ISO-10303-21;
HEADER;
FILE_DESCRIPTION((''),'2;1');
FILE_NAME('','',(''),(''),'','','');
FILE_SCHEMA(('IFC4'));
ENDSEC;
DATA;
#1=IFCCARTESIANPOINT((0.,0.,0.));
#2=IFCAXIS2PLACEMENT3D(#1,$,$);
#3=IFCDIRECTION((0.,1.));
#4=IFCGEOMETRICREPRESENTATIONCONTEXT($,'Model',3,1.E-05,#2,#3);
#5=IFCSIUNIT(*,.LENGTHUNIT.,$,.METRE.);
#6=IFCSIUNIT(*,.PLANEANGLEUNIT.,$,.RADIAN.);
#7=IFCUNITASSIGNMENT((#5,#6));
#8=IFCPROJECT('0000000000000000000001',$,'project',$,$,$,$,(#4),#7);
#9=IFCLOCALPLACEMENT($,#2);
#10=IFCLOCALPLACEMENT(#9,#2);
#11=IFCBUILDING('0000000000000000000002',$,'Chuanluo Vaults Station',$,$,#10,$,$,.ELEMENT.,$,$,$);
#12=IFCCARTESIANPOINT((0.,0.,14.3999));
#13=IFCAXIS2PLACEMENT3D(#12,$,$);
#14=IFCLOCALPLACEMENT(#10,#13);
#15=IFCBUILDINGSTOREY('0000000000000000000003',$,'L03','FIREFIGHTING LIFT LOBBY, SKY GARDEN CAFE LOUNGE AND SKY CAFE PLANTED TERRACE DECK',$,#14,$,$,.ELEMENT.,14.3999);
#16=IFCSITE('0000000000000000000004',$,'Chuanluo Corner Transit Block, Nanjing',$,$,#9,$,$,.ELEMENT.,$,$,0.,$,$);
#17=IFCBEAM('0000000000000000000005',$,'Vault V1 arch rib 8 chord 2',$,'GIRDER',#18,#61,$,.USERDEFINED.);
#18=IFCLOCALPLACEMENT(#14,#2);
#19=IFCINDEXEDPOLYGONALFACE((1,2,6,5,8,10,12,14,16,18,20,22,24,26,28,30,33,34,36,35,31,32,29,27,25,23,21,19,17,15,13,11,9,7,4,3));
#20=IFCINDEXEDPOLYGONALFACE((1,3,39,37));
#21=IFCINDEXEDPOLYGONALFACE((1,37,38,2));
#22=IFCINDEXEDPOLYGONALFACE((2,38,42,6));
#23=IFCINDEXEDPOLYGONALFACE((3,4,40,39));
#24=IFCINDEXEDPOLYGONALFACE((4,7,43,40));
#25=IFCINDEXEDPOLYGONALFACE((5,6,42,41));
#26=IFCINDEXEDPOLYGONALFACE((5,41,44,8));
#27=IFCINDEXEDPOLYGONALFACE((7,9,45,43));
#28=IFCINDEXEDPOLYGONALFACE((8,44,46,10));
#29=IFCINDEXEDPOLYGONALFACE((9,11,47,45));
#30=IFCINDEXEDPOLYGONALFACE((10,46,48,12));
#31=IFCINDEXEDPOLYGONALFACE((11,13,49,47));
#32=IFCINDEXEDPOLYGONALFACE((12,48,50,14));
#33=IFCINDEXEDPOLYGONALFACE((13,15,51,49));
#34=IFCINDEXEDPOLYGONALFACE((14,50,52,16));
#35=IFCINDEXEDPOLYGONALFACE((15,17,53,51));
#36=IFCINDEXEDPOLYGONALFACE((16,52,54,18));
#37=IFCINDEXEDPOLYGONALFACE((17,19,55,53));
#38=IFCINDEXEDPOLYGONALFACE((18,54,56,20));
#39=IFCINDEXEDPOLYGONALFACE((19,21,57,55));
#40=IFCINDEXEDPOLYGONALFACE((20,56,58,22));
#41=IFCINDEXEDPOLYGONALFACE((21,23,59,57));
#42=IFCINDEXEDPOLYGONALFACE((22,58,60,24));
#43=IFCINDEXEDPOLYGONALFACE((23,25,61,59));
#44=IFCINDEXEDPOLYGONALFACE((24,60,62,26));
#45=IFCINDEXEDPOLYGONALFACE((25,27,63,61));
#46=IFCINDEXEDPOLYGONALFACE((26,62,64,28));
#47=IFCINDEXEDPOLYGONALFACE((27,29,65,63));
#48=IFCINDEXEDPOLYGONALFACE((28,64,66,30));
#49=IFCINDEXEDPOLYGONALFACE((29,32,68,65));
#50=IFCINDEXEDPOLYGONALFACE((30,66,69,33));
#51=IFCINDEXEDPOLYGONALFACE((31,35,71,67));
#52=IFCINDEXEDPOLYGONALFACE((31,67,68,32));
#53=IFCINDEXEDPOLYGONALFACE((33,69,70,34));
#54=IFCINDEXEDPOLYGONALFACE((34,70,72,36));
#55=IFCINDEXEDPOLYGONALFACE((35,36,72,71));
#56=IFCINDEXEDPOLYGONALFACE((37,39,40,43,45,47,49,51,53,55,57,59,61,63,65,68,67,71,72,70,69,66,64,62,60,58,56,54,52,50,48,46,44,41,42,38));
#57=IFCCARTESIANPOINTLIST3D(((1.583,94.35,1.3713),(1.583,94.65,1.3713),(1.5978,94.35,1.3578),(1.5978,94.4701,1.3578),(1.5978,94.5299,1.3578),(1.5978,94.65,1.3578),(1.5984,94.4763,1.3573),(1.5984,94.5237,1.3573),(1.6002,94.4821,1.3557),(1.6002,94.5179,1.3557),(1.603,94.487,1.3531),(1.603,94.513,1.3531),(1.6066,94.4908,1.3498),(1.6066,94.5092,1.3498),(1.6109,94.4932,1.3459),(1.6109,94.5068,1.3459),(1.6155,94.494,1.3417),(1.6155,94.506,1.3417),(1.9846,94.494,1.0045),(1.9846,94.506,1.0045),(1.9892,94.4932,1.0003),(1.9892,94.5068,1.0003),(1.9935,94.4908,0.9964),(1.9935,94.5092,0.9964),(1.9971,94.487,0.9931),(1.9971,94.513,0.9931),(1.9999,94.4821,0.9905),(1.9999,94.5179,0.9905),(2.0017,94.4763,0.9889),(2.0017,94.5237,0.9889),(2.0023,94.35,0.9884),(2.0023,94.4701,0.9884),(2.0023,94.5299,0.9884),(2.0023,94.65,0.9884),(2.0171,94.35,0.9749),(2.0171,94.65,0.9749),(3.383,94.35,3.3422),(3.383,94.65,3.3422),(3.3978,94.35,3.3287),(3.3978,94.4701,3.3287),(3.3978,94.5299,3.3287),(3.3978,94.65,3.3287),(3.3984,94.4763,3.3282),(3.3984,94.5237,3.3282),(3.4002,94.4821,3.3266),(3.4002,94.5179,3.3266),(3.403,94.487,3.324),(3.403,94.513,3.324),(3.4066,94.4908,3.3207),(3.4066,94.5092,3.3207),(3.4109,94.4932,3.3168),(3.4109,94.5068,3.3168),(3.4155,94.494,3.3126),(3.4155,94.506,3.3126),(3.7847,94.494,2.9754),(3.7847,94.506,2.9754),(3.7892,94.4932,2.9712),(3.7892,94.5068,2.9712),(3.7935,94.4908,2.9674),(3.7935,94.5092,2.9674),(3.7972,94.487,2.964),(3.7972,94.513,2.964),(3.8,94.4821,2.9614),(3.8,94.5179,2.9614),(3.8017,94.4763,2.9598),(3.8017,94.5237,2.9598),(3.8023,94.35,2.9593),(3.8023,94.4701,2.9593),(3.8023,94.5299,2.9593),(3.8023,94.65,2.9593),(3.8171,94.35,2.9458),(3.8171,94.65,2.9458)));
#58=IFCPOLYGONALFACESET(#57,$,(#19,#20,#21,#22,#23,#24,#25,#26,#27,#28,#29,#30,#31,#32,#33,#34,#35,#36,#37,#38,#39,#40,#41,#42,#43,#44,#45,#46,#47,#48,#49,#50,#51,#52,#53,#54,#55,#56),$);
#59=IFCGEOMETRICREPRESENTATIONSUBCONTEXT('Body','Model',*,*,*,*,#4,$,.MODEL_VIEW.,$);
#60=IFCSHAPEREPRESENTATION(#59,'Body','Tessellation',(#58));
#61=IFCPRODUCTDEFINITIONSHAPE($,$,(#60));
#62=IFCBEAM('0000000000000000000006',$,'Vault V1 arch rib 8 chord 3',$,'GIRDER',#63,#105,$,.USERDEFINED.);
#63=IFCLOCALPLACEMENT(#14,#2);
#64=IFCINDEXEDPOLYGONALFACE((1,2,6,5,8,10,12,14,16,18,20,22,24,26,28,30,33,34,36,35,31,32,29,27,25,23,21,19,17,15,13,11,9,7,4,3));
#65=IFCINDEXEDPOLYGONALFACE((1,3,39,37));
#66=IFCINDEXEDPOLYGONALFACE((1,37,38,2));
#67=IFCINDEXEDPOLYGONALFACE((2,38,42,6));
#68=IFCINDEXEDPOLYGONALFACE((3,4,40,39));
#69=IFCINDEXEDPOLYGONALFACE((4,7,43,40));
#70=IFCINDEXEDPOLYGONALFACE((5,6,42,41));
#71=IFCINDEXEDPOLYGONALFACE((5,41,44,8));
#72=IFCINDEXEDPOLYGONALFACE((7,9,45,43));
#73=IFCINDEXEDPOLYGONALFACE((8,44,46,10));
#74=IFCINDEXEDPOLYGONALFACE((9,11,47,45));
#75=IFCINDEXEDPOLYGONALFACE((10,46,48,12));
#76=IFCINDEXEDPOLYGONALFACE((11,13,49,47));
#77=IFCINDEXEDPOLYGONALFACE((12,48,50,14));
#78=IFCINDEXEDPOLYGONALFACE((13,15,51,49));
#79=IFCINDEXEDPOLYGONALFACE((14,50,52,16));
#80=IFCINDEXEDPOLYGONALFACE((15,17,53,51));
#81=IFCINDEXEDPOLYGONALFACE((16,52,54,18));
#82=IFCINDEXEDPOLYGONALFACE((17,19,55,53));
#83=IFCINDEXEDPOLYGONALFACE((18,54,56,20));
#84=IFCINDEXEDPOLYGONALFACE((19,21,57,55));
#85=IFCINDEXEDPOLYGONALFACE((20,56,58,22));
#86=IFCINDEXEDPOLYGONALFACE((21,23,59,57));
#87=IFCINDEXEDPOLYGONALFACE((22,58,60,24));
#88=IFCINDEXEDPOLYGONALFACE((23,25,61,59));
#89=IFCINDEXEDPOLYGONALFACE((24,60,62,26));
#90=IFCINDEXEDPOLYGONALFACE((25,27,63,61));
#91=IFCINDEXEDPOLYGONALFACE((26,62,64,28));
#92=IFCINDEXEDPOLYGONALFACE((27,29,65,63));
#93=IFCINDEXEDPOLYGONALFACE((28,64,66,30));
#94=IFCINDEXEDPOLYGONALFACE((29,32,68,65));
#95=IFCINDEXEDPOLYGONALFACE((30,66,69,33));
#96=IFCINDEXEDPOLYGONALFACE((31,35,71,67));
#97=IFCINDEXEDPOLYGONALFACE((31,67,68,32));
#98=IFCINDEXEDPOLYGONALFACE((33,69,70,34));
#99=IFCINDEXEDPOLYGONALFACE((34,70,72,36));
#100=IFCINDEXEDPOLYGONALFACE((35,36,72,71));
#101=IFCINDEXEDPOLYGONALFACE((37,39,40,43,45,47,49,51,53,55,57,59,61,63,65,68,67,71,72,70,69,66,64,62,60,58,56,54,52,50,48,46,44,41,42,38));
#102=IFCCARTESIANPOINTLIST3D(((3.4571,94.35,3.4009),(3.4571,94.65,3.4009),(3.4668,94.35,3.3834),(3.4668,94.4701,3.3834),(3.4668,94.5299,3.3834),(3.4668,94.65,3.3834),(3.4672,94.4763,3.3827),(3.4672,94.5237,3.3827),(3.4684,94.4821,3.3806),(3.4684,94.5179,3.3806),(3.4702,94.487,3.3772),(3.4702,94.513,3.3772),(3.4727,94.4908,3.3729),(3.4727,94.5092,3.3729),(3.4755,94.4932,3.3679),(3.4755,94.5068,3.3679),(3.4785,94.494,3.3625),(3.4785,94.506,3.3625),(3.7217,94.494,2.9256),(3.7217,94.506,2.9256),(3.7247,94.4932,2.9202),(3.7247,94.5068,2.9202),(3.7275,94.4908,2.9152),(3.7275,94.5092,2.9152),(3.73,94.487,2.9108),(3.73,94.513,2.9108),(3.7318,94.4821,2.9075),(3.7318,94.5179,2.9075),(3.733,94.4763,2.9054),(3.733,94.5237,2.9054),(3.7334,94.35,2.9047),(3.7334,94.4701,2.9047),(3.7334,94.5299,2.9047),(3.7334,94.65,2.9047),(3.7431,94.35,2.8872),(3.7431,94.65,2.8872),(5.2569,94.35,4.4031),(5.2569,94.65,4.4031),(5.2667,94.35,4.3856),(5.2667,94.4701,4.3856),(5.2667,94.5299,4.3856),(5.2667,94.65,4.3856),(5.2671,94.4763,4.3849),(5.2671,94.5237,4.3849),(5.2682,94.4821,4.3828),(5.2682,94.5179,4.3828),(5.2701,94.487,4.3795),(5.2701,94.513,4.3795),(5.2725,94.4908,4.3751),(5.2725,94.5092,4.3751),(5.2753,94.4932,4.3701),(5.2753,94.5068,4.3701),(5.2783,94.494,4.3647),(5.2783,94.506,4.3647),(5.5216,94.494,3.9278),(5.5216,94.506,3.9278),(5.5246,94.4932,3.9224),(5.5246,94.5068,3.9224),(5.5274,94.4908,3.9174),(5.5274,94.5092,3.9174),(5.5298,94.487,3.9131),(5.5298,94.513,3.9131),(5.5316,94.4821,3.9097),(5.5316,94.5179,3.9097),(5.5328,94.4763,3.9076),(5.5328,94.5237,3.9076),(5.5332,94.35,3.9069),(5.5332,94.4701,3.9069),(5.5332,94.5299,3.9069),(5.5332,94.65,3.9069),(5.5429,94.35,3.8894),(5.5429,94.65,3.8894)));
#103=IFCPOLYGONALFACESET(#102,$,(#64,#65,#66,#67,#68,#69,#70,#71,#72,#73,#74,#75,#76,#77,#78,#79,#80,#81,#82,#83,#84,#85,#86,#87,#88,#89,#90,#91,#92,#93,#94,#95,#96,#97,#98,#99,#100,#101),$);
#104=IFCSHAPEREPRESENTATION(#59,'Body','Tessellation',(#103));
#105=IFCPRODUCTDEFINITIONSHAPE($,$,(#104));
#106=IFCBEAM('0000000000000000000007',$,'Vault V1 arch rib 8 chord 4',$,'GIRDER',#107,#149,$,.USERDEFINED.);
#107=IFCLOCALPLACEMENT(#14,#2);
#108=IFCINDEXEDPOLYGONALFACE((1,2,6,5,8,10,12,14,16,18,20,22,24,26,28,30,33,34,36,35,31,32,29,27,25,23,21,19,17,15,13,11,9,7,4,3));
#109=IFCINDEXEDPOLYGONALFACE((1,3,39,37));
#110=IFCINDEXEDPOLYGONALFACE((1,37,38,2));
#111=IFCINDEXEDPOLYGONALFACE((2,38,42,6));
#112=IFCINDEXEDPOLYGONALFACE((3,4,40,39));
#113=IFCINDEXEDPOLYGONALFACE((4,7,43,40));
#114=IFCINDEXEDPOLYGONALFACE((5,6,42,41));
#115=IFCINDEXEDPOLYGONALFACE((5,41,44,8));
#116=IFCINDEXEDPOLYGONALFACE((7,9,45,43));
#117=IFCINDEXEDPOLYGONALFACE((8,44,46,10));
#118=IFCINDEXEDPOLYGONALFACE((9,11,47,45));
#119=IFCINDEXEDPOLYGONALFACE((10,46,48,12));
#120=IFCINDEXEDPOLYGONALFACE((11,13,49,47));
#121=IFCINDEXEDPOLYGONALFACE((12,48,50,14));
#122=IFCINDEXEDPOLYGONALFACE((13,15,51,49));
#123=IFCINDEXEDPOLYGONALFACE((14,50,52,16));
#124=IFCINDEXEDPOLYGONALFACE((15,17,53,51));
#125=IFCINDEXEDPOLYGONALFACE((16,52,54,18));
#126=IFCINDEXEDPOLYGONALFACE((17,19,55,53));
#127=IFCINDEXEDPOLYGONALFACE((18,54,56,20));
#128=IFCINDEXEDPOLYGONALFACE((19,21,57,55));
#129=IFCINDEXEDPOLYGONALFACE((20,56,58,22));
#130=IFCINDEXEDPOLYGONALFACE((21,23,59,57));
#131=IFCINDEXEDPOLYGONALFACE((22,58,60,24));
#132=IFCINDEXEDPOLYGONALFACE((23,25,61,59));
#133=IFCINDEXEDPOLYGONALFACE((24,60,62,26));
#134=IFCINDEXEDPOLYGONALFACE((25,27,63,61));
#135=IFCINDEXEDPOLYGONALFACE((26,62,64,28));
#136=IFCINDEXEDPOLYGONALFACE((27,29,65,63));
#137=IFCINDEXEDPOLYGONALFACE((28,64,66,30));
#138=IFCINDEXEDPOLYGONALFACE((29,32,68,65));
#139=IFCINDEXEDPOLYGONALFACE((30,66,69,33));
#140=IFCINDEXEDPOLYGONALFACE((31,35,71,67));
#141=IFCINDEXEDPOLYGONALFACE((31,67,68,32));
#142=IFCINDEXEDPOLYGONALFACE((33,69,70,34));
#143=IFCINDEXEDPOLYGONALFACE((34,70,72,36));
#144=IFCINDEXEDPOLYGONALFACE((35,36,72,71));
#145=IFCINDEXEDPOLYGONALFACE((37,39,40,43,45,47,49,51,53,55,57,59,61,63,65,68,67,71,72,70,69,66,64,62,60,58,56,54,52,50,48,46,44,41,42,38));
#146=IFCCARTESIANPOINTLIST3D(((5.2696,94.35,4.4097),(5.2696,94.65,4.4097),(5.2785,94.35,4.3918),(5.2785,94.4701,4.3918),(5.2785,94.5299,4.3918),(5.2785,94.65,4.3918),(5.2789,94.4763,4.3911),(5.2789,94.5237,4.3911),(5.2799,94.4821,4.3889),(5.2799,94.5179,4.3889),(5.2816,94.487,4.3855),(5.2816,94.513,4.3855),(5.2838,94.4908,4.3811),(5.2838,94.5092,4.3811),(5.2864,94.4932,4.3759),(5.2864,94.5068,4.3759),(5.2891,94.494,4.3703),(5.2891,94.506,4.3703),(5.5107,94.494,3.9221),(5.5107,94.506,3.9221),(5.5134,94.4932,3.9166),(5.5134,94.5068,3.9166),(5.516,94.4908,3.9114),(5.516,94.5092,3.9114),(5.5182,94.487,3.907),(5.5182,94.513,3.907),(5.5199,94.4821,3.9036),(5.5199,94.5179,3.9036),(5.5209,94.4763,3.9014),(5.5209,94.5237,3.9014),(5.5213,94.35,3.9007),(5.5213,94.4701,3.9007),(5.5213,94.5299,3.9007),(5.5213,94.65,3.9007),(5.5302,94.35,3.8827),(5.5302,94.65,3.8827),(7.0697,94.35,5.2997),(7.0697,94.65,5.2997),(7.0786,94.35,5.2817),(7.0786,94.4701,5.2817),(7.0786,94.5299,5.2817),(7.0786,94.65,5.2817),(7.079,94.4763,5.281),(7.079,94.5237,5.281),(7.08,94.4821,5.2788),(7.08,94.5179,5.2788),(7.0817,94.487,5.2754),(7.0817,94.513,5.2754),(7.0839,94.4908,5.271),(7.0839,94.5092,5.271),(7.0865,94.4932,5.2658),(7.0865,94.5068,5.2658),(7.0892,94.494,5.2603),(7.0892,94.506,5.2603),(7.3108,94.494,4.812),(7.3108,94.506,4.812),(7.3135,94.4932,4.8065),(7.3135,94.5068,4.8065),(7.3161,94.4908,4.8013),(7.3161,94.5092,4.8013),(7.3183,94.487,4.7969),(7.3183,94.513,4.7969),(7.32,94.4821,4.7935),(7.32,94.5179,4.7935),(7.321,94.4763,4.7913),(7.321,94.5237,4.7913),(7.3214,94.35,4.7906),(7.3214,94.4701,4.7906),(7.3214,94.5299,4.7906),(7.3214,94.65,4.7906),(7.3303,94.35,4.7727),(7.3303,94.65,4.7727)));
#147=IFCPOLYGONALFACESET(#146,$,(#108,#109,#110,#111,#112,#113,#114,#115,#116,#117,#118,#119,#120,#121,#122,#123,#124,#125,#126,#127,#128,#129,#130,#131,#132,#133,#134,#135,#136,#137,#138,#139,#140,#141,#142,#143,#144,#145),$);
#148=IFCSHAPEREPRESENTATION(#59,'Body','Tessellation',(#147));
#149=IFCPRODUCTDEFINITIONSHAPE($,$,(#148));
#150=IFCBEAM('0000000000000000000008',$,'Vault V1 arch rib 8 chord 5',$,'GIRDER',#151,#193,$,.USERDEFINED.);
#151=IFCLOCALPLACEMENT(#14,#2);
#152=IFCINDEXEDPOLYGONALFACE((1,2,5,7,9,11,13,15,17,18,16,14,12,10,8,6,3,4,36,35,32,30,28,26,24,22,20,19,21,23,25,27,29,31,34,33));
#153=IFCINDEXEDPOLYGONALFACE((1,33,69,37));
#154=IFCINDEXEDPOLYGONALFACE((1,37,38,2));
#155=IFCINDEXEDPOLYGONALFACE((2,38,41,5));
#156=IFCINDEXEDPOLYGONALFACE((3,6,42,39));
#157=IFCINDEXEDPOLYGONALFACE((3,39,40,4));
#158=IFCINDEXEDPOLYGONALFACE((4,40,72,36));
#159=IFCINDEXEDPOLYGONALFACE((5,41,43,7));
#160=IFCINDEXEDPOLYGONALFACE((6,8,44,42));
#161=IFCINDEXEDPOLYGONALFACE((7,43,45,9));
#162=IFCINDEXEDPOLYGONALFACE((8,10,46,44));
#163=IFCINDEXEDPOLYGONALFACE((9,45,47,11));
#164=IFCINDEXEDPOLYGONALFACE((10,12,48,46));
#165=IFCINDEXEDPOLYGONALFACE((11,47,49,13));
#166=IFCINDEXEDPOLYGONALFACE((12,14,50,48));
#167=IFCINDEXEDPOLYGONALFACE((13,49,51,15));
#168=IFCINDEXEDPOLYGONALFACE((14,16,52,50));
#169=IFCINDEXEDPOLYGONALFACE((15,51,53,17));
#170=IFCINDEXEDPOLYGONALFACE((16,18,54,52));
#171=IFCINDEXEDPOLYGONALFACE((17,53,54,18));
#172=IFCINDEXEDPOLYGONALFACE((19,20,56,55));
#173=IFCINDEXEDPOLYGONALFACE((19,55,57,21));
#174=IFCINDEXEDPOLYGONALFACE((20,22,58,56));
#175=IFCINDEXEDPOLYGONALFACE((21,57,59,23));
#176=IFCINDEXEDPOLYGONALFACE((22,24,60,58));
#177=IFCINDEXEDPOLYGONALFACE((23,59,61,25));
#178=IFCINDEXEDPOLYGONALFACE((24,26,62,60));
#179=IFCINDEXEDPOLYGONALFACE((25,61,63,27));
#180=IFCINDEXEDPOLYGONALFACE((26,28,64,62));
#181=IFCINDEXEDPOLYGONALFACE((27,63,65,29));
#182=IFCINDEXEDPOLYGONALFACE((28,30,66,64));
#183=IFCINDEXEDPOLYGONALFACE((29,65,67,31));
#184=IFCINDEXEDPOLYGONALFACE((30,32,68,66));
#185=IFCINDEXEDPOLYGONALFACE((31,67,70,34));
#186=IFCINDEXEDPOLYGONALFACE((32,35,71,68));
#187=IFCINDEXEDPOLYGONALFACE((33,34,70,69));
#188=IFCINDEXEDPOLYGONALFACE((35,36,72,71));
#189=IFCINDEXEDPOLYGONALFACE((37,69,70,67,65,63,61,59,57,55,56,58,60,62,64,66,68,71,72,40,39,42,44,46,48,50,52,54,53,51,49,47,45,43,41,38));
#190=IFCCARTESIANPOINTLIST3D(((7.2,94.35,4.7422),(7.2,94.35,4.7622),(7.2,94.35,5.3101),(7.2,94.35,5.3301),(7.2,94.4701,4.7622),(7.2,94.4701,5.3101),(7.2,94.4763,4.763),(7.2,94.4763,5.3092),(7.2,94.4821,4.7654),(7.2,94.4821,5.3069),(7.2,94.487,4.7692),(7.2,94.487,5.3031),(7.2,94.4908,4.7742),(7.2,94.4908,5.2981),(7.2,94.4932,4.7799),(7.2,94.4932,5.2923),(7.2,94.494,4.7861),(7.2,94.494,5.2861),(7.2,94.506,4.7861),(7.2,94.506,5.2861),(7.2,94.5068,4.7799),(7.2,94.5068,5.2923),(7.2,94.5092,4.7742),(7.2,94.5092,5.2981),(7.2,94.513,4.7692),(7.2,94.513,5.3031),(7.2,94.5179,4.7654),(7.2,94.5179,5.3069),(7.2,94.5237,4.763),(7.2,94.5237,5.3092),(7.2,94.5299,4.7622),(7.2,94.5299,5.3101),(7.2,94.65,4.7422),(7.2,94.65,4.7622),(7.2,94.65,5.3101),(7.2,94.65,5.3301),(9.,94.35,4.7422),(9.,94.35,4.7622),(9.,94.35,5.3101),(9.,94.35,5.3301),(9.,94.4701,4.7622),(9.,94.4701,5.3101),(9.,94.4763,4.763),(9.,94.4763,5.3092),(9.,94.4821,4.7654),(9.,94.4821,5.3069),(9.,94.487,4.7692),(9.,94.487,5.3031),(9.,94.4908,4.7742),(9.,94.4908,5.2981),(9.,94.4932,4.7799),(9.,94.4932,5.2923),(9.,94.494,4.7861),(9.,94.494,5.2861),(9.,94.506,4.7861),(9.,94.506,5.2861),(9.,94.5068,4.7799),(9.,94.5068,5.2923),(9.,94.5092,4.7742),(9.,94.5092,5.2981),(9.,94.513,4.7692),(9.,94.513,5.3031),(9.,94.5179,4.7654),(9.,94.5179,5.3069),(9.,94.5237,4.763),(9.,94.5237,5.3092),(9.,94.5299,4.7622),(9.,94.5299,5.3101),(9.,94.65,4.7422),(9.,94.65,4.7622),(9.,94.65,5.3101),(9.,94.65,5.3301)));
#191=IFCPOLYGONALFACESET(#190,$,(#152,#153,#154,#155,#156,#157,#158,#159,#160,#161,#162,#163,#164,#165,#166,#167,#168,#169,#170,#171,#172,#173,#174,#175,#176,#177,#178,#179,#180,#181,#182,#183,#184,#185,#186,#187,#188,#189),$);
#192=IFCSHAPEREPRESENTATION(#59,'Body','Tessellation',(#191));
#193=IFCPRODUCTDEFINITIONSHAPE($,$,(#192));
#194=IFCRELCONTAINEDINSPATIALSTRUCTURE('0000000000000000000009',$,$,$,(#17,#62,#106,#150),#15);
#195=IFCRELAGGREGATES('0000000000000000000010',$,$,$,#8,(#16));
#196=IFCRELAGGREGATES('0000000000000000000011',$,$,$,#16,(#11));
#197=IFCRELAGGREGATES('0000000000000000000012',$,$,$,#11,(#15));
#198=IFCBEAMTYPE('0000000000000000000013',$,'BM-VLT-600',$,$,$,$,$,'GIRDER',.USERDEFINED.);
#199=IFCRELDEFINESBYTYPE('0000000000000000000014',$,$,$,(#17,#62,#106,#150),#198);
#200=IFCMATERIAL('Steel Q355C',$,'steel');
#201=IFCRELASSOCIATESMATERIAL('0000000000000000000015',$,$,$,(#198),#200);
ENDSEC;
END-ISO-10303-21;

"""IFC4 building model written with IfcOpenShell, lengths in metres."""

from ifc_helpers import new_model, si_unit, direction, frame, origin, origin_2d, place, context, subcontext, project, spatial, i_section, extrude, material, material_profile, profile_set, type_object, element, save


model = new_model("IFC4")

# Units and contexts
model_context = context("Model", 3, precision=1e-05, world=origin(), true_north=direction((0.0, 1.0)))
body_context = subcontext(model_context, "Body", "Model", "MODEL_VIEW")
ifc_project = project(units=[si_unit("LENGTHUNIT", "METRE"), si_unit("PLANEANGLEUNIT", "RADIAN")], contexts=[model_context])

# Site, building, storey
site_placement = place(None, origin())
site = spatial("IfcSite", under=ifc_project, at=site_placement, Name="Chuanluo Corner Transit Block, Nanjing", CompositionType="ELEMENT", RefElevation=0.0)
building_placement = place(site_placement, origin())
building = spatial("IfcBuilding", under=site, at=building_placement, Name="Chuanluo Vaults Station", CompositionType="ELEMENT")
storey_placement = place(building_placement, frame((0.0, 0.0, 14.3999)))
storey = spatial("IfcBuildingStorey", under=building, at=storey_placement, Name="L03", Description="FIREFIGHTING LIFT LOBBY, SKY GARDEN CAFE LOUNGE AND SKY CAFE PLANTED TERRACE DECK", CompositionType="ELEMENT", Elevation=14.3999)

# Beams
ifc_material_1 = material(Name="Steel Q355C", Category="steel")
ifc_material_profile_1 = material_profile(ifc_material_1, i_section(OverallWidth=0.3, OverallDepth=0.5879, WebThickness=0.012, FlangeThickness=0.02, FilletRadius=0.0239, at=origin_2d()))
ifc_profile_set_1 = profile_set([ifc_material_profile_1], Name="Steel Q355C")
beam_type_1 = type_object("IfcBeamType", Name="BM-VLT-600", ElementType="GIRDER", PredefinedType="USERDEFINED", material=ifc_profile_set_1)
beam_1_placement = place(storey_placement, frame((1.8, 94.5, 1.1731), z_axis=(0.674369, 0.0, 0.738394), x_axis=(0.0, 1.0, 0.0)))
element("IfcBeam", 1, at=beam_1_placement, inside=storey, type_object=beam_type_1, Name="Vault V1 arch rib 8 chord 2", ObjectType="GIRDER", PredefinedType="USERDEFINED", context=body_context, shape_type="SweptSolid", body=[
    extrude(i_section(OverallWidth=0.3, OverallDepth=0.5879, WebThickness=0.012, FlangeThickness=0.02, FilletRadius=0.0239, at=origin_2d()), origin(), (0.0, 0.0, 1.0), 2.6692),
])
beam_2_placement = place(storey_placement, frame((3.6001, 94.5, 3.144), z_axis=(0.873682, 0.0, 0.486498), x_axis=(0.0, 1.0, 0.0)))
element("IfcBeam", 2, at=beam_2_placement, inside=storey, type_object=beam_type_1, Name="Vault V1 arch rib 8 chord 3", ObjectType="GIRDER", PredefinedType="USERDEFINED", context=body_context, shape_type="SweptSolid", body=[
    extrude(i_section(OverallWidth=0.3, OverallDepth=0.5879, WebThickness=0.012, FlangeThickness=0.02, FilletRadius=0.0239, at=origin_2d()), origin(), (0.0, 0.0, 1.0), 2.0601),
])
beam_3_placement = place(storey_placement, frame((5.3999, 94.5, 4.1462), z_axis=(0.896436, 0.0, 0.443172), x_axis=(0.0, 1.0, 0.0)))
element("IfcBeam", 3, at=beam_3_placement, inside=storey, type_object=beam_type_1, Name="Vault V1 arch rib 8 chord 4", ObjectType="GIRDER", PredefinedType="USERDEFINED", context=body_context, shape_type="SweptSolid", body=[
    extrude(i_section(OverallWidth=0.3, OverallDepth=0.5879, WebThickness=0.012, FlangeThickness=0.02, FilletRadius=0.0239, at=origin_2d()), origin(), (0.0, 0.0, 1.0), 2.0081),
])
for number, where, z_axis, x_axis, name in (
    (4, (7.2, 94.5, 5.0361), (1.0, 0.0, 0.0), (0.0, 1.0, 0.0), "Vault V1 arch rib 8 chord 5"),
):
    element("IfcBeam", number, at=place(storey_placement, frame(where, z_axis=z_axis, x_axis=x_axis)), inside=storey, type_object=beam_type_1, Name=name, ObjectType="GIRDER", PredefinedType="USERDEFINED", context=body_context, shape_type="SweptSolid", body=[
        extrude(i_section(OverallWidth=0.3, OverallDepth=0.5879, WebThickness=0.012, FlangeThickness=0.02, FilletRadius=0.0239, at=origin_2d()), origin(), (0.0, 0.0, 1.0), 1.8),
    ])

save(model, "model.ifc")
